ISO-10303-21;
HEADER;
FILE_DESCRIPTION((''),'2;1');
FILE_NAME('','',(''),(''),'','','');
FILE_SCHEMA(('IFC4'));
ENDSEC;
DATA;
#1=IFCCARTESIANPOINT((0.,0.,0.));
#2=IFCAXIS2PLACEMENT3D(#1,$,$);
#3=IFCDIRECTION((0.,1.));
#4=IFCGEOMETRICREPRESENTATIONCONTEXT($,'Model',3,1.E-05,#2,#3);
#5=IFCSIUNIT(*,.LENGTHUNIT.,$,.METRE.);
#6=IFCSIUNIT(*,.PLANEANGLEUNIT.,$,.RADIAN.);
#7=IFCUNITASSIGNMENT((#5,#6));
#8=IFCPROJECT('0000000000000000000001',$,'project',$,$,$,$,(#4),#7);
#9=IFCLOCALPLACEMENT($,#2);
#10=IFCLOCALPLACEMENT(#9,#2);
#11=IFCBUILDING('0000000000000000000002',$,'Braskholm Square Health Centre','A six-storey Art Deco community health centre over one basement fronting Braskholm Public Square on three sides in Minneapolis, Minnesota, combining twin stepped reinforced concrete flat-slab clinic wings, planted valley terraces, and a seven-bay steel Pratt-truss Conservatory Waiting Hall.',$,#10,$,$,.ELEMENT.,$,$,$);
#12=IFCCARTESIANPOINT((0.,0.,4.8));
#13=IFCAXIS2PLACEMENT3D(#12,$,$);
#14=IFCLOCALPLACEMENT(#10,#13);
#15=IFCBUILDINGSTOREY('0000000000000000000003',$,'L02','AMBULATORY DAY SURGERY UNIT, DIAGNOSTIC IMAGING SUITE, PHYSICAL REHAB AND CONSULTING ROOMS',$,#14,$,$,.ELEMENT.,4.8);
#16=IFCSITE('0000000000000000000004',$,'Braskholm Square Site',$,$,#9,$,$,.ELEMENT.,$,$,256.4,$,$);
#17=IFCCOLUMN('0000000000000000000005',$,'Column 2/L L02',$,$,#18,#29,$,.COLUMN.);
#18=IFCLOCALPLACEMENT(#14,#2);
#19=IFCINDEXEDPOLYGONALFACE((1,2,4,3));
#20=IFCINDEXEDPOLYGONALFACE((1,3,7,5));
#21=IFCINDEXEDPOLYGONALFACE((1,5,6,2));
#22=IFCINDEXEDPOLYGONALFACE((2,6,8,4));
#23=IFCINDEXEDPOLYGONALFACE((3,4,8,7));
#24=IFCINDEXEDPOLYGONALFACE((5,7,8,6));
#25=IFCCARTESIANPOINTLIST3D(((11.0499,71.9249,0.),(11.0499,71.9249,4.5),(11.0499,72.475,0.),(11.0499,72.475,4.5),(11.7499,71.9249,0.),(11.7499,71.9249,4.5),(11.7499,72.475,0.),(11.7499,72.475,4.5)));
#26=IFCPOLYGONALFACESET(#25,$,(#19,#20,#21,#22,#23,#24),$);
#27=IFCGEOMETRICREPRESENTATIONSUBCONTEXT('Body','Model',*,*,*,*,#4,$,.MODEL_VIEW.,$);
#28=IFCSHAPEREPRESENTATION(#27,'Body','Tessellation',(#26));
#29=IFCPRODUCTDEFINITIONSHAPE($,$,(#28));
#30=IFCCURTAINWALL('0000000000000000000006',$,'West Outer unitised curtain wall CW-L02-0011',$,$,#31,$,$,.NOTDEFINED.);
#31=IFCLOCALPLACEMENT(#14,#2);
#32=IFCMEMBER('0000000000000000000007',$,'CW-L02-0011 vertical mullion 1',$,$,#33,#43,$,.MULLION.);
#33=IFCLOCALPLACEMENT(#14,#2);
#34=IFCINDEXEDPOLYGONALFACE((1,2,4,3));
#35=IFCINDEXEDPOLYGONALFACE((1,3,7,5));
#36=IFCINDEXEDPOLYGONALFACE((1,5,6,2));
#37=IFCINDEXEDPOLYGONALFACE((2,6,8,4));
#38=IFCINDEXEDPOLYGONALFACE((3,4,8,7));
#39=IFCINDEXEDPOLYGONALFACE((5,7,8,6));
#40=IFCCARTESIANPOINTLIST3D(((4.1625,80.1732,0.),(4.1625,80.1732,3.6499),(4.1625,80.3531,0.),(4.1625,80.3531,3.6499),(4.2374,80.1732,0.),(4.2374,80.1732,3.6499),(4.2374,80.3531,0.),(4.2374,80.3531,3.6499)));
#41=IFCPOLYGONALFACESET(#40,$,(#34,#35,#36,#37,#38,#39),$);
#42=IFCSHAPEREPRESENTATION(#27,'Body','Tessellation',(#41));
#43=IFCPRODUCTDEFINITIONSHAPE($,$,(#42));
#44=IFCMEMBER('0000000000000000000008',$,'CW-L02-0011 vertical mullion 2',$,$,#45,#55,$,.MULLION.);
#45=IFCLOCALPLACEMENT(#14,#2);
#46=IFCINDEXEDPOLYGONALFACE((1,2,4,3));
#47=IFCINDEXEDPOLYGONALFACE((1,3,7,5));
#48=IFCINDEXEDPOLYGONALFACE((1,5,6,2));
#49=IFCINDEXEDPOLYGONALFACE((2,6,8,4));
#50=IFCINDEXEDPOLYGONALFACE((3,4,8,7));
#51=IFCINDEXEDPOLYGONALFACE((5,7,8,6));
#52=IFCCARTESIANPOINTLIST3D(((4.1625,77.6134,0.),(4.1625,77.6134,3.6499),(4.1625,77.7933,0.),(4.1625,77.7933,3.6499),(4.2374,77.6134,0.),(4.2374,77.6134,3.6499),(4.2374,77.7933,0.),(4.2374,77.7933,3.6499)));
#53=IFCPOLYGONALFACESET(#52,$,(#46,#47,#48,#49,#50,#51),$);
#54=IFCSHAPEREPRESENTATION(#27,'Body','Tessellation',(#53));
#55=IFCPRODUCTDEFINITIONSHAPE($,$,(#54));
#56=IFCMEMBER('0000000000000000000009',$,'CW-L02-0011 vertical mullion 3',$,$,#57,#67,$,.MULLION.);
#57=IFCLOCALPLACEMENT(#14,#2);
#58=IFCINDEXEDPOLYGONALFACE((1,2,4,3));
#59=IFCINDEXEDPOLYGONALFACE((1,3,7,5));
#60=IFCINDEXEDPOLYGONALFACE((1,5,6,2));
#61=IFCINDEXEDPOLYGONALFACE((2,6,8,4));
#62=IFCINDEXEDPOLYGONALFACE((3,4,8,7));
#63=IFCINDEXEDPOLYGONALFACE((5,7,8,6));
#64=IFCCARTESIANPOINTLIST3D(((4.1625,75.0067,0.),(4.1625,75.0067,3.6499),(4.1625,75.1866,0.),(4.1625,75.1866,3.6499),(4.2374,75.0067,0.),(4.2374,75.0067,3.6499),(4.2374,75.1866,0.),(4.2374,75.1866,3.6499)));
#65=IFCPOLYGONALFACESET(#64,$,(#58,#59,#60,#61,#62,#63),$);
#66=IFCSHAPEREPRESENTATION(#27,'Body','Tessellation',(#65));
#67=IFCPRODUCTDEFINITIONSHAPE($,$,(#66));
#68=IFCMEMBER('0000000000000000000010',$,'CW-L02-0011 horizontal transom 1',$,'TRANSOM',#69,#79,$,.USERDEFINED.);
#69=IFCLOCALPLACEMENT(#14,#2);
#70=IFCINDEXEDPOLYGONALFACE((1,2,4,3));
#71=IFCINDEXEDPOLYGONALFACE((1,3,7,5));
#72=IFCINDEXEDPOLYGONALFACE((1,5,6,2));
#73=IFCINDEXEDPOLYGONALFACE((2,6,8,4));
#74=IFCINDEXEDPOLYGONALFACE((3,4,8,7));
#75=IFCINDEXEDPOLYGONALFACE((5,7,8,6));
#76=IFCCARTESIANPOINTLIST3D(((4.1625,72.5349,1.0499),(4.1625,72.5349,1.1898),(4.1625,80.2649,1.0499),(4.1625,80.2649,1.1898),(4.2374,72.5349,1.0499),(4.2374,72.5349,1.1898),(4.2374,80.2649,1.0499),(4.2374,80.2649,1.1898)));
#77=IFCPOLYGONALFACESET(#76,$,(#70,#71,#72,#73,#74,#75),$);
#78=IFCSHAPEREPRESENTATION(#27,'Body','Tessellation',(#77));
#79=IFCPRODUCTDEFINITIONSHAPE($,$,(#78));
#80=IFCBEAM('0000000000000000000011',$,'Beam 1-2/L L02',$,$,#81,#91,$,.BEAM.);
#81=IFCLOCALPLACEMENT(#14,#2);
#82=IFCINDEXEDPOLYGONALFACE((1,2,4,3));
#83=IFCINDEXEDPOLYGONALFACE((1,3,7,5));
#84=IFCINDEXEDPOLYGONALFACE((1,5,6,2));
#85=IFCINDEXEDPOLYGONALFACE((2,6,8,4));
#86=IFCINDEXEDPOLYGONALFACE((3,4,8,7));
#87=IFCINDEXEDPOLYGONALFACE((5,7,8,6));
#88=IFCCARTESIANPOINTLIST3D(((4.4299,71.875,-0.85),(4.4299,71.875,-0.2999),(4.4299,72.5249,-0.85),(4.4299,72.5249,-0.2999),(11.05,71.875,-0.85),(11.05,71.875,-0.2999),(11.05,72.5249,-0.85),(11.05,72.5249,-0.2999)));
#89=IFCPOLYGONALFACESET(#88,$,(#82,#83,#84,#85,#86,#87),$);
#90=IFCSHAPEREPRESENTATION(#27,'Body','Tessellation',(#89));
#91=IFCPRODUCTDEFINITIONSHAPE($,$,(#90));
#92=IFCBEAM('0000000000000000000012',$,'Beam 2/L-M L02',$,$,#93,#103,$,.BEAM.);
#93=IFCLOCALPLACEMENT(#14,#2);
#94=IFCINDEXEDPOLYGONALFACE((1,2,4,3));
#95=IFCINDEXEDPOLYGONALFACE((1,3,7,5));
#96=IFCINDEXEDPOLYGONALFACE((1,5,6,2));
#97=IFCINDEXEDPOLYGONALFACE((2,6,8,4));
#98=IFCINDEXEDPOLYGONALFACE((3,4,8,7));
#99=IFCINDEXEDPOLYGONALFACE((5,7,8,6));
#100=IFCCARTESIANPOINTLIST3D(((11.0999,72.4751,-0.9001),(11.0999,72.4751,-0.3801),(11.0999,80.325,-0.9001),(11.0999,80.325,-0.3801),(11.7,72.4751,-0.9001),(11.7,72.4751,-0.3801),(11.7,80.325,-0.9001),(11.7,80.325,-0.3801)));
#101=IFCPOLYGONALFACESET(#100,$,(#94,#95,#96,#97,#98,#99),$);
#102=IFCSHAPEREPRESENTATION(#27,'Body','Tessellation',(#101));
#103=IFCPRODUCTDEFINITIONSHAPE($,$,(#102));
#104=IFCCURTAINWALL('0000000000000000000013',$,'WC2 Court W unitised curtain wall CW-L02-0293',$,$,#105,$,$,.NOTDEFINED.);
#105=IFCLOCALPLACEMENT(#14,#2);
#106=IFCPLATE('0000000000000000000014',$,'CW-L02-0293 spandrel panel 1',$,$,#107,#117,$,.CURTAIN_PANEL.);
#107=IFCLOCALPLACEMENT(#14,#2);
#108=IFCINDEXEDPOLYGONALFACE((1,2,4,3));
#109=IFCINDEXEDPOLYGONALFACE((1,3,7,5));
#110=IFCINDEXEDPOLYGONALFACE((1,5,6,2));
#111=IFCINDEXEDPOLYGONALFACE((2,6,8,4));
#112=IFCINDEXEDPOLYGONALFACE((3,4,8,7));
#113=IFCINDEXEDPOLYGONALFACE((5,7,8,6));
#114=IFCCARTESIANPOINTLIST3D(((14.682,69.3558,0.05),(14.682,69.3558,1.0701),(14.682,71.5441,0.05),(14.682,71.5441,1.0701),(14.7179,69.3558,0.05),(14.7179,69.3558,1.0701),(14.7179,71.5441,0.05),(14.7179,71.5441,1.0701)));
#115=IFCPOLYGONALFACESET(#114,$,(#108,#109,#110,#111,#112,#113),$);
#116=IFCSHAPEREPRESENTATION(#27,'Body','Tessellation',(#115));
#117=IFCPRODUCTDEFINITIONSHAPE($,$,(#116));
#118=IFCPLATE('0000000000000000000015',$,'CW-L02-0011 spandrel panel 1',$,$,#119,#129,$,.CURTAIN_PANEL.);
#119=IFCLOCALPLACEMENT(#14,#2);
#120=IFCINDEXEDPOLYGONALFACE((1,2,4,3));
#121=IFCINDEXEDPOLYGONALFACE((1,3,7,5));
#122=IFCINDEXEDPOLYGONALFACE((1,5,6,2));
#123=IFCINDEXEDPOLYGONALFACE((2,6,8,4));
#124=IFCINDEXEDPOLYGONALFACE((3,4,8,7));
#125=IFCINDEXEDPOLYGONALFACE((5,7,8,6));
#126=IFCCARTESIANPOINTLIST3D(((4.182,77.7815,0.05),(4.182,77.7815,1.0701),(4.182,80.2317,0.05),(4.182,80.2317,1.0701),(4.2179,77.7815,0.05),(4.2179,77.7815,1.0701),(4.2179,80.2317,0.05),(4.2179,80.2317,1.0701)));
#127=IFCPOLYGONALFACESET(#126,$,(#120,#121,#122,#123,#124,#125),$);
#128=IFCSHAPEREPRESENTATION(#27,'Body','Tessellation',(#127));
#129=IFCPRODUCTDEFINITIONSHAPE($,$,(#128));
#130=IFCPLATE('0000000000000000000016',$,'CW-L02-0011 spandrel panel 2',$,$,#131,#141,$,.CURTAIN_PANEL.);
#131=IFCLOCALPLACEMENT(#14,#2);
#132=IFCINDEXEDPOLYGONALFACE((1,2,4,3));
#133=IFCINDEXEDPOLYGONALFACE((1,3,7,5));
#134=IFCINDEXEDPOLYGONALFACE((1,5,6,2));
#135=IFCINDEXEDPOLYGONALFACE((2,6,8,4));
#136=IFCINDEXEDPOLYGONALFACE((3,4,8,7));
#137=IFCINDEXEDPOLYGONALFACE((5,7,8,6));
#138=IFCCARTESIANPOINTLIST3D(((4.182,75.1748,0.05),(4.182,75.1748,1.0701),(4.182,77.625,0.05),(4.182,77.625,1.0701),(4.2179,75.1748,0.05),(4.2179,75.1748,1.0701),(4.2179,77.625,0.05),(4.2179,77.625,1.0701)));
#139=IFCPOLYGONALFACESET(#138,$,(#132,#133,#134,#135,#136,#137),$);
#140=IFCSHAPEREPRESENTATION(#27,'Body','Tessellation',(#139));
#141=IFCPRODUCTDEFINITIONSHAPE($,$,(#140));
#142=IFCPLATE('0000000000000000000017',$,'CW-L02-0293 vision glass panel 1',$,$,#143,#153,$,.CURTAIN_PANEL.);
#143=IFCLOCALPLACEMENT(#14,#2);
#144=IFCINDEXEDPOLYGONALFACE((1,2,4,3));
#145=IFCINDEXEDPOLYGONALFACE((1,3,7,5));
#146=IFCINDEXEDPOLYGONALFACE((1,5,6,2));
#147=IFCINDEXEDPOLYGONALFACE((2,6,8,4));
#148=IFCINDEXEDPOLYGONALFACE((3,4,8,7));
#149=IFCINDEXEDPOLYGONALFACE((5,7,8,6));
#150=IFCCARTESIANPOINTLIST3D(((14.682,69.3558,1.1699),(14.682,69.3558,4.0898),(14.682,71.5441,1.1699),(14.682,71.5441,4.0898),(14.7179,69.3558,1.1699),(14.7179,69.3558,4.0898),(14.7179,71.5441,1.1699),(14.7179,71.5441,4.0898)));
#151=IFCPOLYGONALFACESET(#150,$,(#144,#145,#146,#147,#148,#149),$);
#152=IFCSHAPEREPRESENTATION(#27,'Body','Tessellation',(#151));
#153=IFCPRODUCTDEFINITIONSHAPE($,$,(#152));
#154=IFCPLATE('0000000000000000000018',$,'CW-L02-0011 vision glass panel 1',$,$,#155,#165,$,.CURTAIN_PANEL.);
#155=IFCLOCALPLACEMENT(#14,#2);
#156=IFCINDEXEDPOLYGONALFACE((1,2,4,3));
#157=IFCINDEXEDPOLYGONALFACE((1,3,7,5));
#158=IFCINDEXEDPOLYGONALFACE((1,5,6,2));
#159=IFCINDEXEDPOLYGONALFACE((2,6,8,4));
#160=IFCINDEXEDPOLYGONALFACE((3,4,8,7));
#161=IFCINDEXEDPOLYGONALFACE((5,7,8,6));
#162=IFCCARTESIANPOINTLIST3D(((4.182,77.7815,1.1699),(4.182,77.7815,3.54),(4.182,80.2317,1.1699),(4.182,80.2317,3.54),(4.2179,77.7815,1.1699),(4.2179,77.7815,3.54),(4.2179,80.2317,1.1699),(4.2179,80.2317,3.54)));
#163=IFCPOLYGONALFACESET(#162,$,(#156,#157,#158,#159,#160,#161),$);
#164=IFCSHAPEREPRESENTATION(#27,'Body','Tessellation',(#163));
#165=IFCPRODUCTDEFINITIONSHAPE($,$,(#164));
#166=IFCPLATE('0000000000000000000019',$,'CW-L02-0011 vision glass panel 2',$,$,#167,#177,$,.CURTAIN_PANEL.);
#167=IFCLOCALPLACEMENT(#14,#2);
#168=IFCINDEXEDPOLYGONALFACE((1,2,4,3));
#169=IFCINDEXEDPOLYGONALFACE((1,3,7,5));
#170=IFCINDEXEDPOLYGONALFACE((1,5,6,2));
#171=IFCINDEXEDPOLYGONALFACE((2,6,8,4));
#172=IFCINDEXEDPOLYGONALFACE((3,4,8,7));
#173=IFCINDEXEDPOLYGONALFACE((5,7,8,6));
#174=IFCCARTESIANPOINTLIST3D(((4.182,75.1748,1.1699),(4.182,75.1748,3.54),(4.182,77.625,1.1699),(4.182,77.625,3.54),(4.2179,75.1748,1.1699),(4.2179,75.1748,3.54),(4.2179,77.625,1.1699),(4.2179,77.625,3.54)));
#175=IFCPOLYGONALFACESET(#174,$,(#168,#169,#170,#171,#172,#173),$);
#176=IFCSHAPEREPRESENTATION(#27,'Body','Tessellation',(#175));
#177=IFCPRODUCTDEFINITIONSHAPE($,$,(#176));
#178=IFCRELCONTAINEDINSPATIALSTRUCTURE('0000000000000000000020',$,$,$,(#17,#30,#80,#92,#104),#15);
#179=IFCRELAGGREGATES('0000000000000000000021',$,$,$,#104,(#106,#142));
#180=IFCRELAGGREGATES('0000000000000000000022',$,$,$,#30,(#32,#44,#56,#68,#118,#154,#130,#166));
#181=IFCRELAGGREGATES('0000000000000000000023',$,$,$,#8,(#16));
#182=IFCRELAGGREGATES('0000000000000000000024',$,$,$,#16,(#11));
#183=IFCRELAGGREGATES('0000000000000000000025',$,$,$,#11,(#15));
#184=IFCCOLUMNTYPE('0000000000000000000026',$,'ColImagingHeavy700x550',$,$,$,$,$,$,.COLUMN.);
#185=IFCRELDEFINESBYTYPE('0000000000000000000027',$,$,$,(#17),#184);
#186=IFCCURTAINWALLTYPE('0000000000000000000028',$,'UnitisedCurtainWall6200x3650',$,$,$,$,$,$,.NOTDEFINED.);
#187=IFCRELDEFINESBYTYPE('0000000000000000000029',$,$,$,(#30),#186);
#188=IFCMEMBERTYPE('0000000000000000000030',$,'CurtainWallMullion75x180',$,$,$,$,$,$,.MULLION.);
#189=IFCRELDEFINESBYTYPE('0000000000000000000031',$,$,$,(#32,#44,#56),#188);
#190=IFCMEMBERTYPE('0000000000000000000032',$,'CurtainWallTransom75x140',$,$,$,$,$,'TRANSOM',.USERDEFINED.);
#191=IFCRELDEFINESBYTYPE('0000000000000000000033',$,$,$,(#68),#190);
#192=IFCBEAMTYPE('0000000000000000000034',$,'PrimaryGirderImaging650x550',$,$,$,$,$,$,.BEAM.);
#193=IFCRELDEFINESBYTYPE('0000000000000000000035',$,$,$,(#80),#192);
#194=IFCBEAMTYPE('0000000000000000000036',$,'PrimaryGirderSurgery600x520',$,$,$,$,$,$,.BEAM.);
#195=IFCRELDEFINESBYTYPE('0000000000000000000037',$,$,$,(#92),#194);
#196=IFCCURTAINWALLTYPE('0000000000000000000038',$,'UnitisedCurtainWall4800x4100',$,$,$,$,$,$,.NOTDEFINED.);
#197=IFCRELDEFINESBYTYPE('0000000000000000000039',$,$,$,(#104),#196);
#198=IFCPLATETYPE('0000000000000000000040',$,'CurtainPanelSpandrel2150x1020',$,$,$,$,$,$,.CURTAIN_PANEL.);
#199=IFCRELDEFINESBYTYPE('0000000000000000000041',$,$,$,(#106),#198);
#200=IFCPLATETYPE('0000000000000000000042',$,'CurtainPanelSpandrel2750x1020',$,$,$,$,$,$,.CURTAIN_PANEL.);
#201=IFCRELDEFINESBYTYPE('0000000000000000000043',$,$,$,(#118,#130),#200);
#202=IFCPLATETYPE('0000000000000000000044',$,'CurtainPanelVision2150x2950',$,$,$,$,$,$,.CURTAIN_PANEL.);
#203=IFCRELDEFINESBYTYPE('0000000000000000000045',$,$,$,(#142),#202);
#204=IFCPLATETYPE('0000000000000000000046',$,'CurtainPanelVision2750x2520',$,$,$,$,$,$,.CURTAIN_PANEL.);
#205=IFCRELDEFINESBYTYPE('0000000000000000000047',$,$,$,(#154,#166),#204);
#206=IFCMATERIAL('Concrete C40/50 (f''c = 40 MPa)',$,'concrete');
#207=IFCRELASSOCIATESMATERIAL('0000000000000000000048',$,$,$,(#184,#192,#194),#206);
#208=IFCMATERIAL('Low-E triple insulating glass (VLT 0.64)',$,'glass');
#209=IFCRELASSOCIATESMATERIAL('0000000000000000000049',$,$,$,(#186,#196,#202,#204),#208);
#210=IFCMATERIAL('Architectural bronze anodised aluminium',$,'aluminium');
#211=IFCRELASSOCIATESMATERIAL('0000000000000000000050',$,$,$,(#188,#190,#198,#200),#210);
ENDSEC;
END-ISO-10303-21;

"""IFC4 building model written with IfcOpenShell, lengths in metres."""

from ifc_helpers import new_model, si_unit, direction, frame, origin, origin_2d, place, context, subcontext, project, spatial, rectangle, extrude, material, material_profile, profile_set, type_object, element, aggregate, save


model = new_model("IFC4")

# Units and contexts
model_context = context("Model", 3, precision=1e-05, world=origin(), true_north=direction((0.0, 1.0)))
body_context = subcontext(model_context, "Body", "Model", "MODEL_VIEW")
ifc_project = project(units=[si_unit("LENGTHUNIT", "METRE"), si_unit("PLANEANGLEUNIT", "RADIAN")], contexts=[model_context])

# Site, building, storey
site_placement = place(None, origin())
site = spatial("IfcSite", under=ifc_project, at=site_placement, Name="Braskholm Square Site", CompositionType="ELEMENT", RefElevation=256.4)
building_placement = place(site_placement, origin())
building = spatial("IfcBuilding", under=site, at=building_placement, Name="Braskholm Square Health Centre", Description="A six-storey Art Deco community health centre over one basement fronting Braskholm Public Square on three sides in Minneapolis, Minnesota, combining twin stepped reinforced concrete flat-slab clinic wings, planted valley terraces, and a seven-bay steel Pratt-truss Conservatory Waiting Hall.", CompositionType="ELEMENT")
storey_placement = place(building_placement, frame((0.0, 0.0, 4.8)))
storey = spatial("IfcBuildingStorey", under=building, at=storey_placement, Name="L02", Description="AMBULATORY DAY SURGERY UNIT, DIAGNOSTIC IMAGING SUITE, PHYSICAL REHAB AND CONSULTING ROOMS", CompositionType="ELEMENT", Elevation=4.8)

# Column
ifc_material_1 = material(Name="Concrete C40/50 (f'c = 40 MPa)", Category="concrete")
ifc_material_profile_1 = material_profile(ifc_material_1, rectangle(XDim=0.7, YDim=0.55, at=origin_2d()), Name="RC-700X550")
ifc_profile_set_1 = profile_set([ifc_material_profile_1], Name="Concrete C40/50 (f'c = 40 MPa)")
column_type = type_object("IfcColumnType", Name="ColImagingHeavy700x550", PredefinedType="COLUMN", material=ifc_profile_set_1)
column_placement = place(storey_placement, frame((11.3999, 72.2, 0.0), z_axis=(0.0, 0.0, 1.0), x_axis=(1.0, 0.0, 0.0)))
element("IfcColumn", 1, at=column_placement, inside=storey, type_object=column_type, Name="Column 2/L L02", PredefinedType="COLUMN", context=body_context, shape_type="SweptSolid", body=[
    extrude(rectangle(XDim=0.7, YDim=0.55, at=origin_2d()), origin(), (0.0, 0.0, 1.0), 4.5),
])

# Curtain wall, members
ifc_material_2 = material(Name="Low-E triple insulating glass (VLT 0.64)", Category="glass")
curtain_wall_type_1 = type_object("IfcCurtainWallType", Name="UnitisedCurtainWall6200x3650", PredefinedType="NOTDEFINED", material=ifc_material_2)
curtain_wall_1_placement = place(storey_placement, origin())
curtain_wall_1 = element("IfcCurtainWall", 2, at=curtain_wall_1_placement, inside=storey, type_object=curtain_wall_type_1, Name="West Outer unitised curtain wall CW-L02-0011", PredefinedType="NOTDEFINED")
ifc_material_3 = material(Name="Architectural bronze anodised aluminium", Category="aluminium")
ifc_material_profile_2 = material_profile(ifc_material_3, rectangle(XDim=0.075, YDim=0.1799, at=origin_2d()), Name="ALU-75X180")
ifc_profile_set_2 = profile_set([ifc_material_profile_2], Name="Architectural bronze anodised aluminium")
member_type_1 = type_object("IfcMemberType", Name="CurtainWallMullion75x180", PredefinedType="MULLION", material=ifc_profile_set_2)
member_1_placement = place(storey_placement, frame((4.2, 80.2632, 0.0), z_axis=(0.0, 0.0, 1.0), x_axis=(1.0, 0.0, 0.0)))
member_1 = element("IfcMember", 3, at=member_1_placement, type_object=member_type_1, Name="CW-L02-0011 vertical mullion 1", PredefinedType="MULLION", context=body_context, shape_type="SweptSolid", body=[
    extrude(rectangle(XDim=0.075, YDim=0.1799, at=origin_2d()), origin(), (0.0, 0.0, 1.0), 3.6499),
])
member_2_placement = place(storey_placement, frame((4.2, 77.7034, 0.0), z_axis=(0.0, 0.0, 1.0), x_axis=(1.0, 0.0, 0.0)))
member_2 = element("IfcMember", 4, at=member_2_placement, type_object=member_type_1, Name="CW-L02-0011 vertical mullion 2", PredefinedType="MULLION", context=body_context, shape_type="SweptSolid", body=[
    extrude(rectangle(XDim=0.075, YDim=0.1799, at=origin_2d()), origin(), (0.0, 0.0, 1.0), 3.6499),
])
member_3_placement = place(storey_placement, frame((4.2, 75.0967, 0.0), z_axis=(0.0, 0.0, 1.0), x_axis=(1.0, 0.0, 0.0)))
member_3 = element("IfcMember", 5, at=member_3_placement, type_object=member_type_1, Name="CW-L02-0011 vertical mullion 3", PredefinedType="MULLION", context=body_context, shape_type="SweptSolid", body=[
    extrude(rectangle(XDim=0.075, YDim=0.1799, at=origin_2d()), origin(), (0.0, 0.0, 1.0), 3.6499),
])
ifc_material_profile_3 = material_profile(ifc_material_3, rectangle(XDim=0.075, YDim=0.1399, at=origin_2d()), Name="ALU-75X140")
ifc_profile_set_3 = profile_set([ifc_material_profile_3], Name="Architectural bronze anodised aluminium")
member_type_2 = type_object("IfcMemberType", Name="CurtainWallTransom75x140", ElementType="TRANSOM", PredefinedType="USERDEFINED", material=ifc_profile_set_3)
member_4_placement = place(storey_placement, frame((4.2, 80.2649, 1.1199), z_axis=(0.0, -1.0, 0.0), x_axis=(1.0, 0.0, 0.0)))
member_4 = element("IfcMember", 6, at=member_4_placement, type_object=member_type_2, Name="CW-L02-0011 horizontal transom 1", ObjectType="TRANSOM", PredefinedType="USERDEFINED", context=body_context, shape_type="SweptSolid", body=[
    extrude(rectangle(XDim=0.075, YDim=0.1399, at=origin_2d()), origin(), (0.0, 0.0, 1.0), 7.73),
])

# Beams
ifc_material_profile_4 = material_profile(ifc_material_1, rectangle(XDim=0.6499, YDim=0.55, at=origin_2d()), Name="RCB-650X550")
ifc_profile_set_4 = profile_set([ifc_material_profile_4], Name="Concrete C40/50 (f'c = 40 MPa)")
beam_type_1 = type_object("IfcBeamType", Name="PrimaryGirderImaging650x550", PredefinedType="BEAM", material=ifc_profile_set_4)
beam_1_placement = place(storey_placement, frame((4.4299, 72.2, -0.575), z_axis=(1.0, 0.0, 0.0), x_axis=(0.0, 1.0, 0.0)))
element("IfcBeam", 7, at=beam_1_placement, inside=storey, type_object=beam_type_1, Name="Beam 1-2/L L02", PredefinedType="BEAM", context=body_context, shape_type="SweptSolid", body=[
    extrude(rectangle(XDim=0.6499, YDim=0.55, at=origin_2d()), origin(), (0.0, 0.0, 1.0), 6.6201),
])
ifc_material_profile_5 = material_profile(ifc_material_1, rectangle(XDim=0.6001, YDim=0.52, at=origin_2d()), Name="RCB-600X520")
ifc_profile_set_5 = profile_set([ifc_material_profile_5], Name="Concrete C40/50 (f'c = 40 MPa)")
beam_type_2 = type_object("IfcBeamType", Name="PrimaryGirderSurgery600x520", PredefinedType="BEAM", material=ifc_profile_set_5)
beam_2_placement = place(storey_placement, frame((11.3999, 72.4751, -0.6401), z_axis=(0.0, 1.0, 0.0), x_axis=(-1.0, 0.0, 0.0)))
element("IfcBeam", 8, at=beam_2_placement, inside=storey, type_object=beam_type_2, Name="Beam 2/L-M L02", PredefinedType="BEAM", context=body_context, shape_type="SweptSolid", body=[
    extrude(rectangle(XDim=0.6001, YDim=0.52, at=origin_2d()), origin(), (0.0, 0.0, 1.0), 7.8499),
])

# Curtain wall, plate
curtain_wall_type_2 = type_object("IfcCurtainWallType", Name="UnitisedCurtainWall4800x4100", PredefinedType="NOTDEFINED", material=ifc_material_2)
curtain_wall_2_placement = place(storey_placement, origin())
curtain_wall_2 = element("IfcCurtainWall", 9, at=curtain_wall_2_placement, inside=storey, type_object=curtain_wall_type_2, Name="WC2 Court W unitised curtain wall CW-L02-0293", PredefinedType="NOTDEFINED")
plate_type_1 = type_object("IfcPlateType", Name="CurtainPanelSpandrel2150x1020", PredefinedType="CURTAIN_PANEL", material=ifc_material_3)
plate_1_placement = place(storey_placement, frame((14.7, 70.45, 0.05), z_axis=(0.0, 0.0, 1.0), x_axis=(0.0, 1.0, 0.0)))
plate_1 = element("IfcPlate", 10, at=plate_1_placement, type_object=plate_type_1, Name="CW-L02-0293 spandrel panel 1", PredefinedType="CURTAIN_PANEL", context=body_context, shape_type="SweptSolid", body=[
    extrude(rectangle(XDim=2.1882, YDim=0.0359, at=origin_2d()), origin(), (0.0, 0.0, 1.0), 1.02),
])

# Plates
plate_type_2 = type_object("IfcPlateType", Name="CurtainPanelSpandrel2750x1020", PredefinedType="CURTAIN_PANEL", material=ifc_material_3)
plate_2_placement = place(storey_placement, frame((4.2, 79.0066, 0.05), z_axis=(0.0, 0.0, 1.0), x_axis=(0.0, -1.0, 0.0)))
plate_2 = element("IfcPlate", 11, at=plate_2_placement, type_object=plate_type_2, Name="CW-L02-0011 spandrel panel 1", PredefinedType="CURTAIN_PANEL", context=body_context, shape_type="SweptSolid", body=[
    extrude(rectangle(XDim=2.4502, YDim=0.0359, at=origin_2d()), origin(), (0.0, 0.0, 1.0), 1.02),
])
plate_3_placement = place(storey_placement, frame((4.2, 76.3999, 0.05), z_axis=(0.0, 0.0, 1.0), x_axis=(0.0, -1.0, 0.0)))
plate_3 = element("IfcPlate", 12, at=plate_3_placement, type_object=plate_type_2, Name="CW-L02-0011 spandrel panel 2", PredefinedType="CURTAIN_PANEL", context=body_context, shape_type="SweptSolid", body=[
    extrude(rectangle(XDim=2.4502, YDim=0.0359, at=origin_2d()), origin(), (0.0, 0.0, 1.0), 1.02),
])
plate_type_3 = type_object("IfcPlateType", Name="CurtainPanelVision2150x2950", PredefinedType="CURTAIN_PANEL", material=ifc_material_2)
plate_4_placement = place(storey_placement, frame((14.7, 70.45, 1.1699), z_axis=(0.0, 0.0, 1.0), x_axis=(0.0, 1.0, 0.0)))
plate_4 = element("IfcPlate", 13, at=plate_4_placement, type_object=plate_type_3, Name="CW-L02-0293 vision glass panel 1", PredefinedType="CURTAIN_PANEL", context=body_context, shape_type="SweptSolid", body=[
    extrude(rectangle(XDim=2.1882, YDim=0.0359, at=origin_2d()), origin(), (0.0, 0.0, 1.0), 2.9199),
])
aggregate(curtain_wall_2, [plate_1, plate_4])
plate_type_4 = type_object("IfcPlateType", Name="CurtainPanelVision2750x2520", PredefinedType="CURTAIN_PANEL", material=ifc_material_2)
plate_5_placement = place(storey_placement, frame((4.2, 79.0066, 1.1699), z_axis=(0.0, 0.0, 1.0), x_axis=(0.0, -1.0, 0.0)))
plate_5 = element("IfcPlate", 14, at=plate_5_placement, type_object=plate_type_4, Name="CW-L02-0011 vision glass panel 1", PredefinedType="CURTAIN_PANEL", context=body_context, shape_type="SweptSolid", body=[
    extrude(rectangle(XDim=2.4502, YDim=0.0359, at=origin_2d()), origin(), (0.0, 0.0, 1.0), 2.3701),
])
plate_6_placement = place(storey_placement, frame((4.2, 76.3999, 1.1699), z_axis=(0.0, 0.0, 1.0), x_axis=(0.0, -1.0, 0.0)))
plate_6 = element("IfcPlate", 15, at=plate_6_placement, type_object=plate_type_4, Name="CW-L02-0011 vision glass panel 2", PredefinedType="CURTAIN_PANEL", context=body_context, shape_type="SweptSolid", body=[
    extrude(rectangle(XDim=2.4502, YDim=0.0359, at=origin_2d()), origin(), (0.0, 0.0, 1.0), 2.3701),
])
aggregate(curtain_wall_1, [member_1, member_2, member_3, member_4, plate_2, plate_5, plate_3, plate_6])

save(model, "model.ifc")
